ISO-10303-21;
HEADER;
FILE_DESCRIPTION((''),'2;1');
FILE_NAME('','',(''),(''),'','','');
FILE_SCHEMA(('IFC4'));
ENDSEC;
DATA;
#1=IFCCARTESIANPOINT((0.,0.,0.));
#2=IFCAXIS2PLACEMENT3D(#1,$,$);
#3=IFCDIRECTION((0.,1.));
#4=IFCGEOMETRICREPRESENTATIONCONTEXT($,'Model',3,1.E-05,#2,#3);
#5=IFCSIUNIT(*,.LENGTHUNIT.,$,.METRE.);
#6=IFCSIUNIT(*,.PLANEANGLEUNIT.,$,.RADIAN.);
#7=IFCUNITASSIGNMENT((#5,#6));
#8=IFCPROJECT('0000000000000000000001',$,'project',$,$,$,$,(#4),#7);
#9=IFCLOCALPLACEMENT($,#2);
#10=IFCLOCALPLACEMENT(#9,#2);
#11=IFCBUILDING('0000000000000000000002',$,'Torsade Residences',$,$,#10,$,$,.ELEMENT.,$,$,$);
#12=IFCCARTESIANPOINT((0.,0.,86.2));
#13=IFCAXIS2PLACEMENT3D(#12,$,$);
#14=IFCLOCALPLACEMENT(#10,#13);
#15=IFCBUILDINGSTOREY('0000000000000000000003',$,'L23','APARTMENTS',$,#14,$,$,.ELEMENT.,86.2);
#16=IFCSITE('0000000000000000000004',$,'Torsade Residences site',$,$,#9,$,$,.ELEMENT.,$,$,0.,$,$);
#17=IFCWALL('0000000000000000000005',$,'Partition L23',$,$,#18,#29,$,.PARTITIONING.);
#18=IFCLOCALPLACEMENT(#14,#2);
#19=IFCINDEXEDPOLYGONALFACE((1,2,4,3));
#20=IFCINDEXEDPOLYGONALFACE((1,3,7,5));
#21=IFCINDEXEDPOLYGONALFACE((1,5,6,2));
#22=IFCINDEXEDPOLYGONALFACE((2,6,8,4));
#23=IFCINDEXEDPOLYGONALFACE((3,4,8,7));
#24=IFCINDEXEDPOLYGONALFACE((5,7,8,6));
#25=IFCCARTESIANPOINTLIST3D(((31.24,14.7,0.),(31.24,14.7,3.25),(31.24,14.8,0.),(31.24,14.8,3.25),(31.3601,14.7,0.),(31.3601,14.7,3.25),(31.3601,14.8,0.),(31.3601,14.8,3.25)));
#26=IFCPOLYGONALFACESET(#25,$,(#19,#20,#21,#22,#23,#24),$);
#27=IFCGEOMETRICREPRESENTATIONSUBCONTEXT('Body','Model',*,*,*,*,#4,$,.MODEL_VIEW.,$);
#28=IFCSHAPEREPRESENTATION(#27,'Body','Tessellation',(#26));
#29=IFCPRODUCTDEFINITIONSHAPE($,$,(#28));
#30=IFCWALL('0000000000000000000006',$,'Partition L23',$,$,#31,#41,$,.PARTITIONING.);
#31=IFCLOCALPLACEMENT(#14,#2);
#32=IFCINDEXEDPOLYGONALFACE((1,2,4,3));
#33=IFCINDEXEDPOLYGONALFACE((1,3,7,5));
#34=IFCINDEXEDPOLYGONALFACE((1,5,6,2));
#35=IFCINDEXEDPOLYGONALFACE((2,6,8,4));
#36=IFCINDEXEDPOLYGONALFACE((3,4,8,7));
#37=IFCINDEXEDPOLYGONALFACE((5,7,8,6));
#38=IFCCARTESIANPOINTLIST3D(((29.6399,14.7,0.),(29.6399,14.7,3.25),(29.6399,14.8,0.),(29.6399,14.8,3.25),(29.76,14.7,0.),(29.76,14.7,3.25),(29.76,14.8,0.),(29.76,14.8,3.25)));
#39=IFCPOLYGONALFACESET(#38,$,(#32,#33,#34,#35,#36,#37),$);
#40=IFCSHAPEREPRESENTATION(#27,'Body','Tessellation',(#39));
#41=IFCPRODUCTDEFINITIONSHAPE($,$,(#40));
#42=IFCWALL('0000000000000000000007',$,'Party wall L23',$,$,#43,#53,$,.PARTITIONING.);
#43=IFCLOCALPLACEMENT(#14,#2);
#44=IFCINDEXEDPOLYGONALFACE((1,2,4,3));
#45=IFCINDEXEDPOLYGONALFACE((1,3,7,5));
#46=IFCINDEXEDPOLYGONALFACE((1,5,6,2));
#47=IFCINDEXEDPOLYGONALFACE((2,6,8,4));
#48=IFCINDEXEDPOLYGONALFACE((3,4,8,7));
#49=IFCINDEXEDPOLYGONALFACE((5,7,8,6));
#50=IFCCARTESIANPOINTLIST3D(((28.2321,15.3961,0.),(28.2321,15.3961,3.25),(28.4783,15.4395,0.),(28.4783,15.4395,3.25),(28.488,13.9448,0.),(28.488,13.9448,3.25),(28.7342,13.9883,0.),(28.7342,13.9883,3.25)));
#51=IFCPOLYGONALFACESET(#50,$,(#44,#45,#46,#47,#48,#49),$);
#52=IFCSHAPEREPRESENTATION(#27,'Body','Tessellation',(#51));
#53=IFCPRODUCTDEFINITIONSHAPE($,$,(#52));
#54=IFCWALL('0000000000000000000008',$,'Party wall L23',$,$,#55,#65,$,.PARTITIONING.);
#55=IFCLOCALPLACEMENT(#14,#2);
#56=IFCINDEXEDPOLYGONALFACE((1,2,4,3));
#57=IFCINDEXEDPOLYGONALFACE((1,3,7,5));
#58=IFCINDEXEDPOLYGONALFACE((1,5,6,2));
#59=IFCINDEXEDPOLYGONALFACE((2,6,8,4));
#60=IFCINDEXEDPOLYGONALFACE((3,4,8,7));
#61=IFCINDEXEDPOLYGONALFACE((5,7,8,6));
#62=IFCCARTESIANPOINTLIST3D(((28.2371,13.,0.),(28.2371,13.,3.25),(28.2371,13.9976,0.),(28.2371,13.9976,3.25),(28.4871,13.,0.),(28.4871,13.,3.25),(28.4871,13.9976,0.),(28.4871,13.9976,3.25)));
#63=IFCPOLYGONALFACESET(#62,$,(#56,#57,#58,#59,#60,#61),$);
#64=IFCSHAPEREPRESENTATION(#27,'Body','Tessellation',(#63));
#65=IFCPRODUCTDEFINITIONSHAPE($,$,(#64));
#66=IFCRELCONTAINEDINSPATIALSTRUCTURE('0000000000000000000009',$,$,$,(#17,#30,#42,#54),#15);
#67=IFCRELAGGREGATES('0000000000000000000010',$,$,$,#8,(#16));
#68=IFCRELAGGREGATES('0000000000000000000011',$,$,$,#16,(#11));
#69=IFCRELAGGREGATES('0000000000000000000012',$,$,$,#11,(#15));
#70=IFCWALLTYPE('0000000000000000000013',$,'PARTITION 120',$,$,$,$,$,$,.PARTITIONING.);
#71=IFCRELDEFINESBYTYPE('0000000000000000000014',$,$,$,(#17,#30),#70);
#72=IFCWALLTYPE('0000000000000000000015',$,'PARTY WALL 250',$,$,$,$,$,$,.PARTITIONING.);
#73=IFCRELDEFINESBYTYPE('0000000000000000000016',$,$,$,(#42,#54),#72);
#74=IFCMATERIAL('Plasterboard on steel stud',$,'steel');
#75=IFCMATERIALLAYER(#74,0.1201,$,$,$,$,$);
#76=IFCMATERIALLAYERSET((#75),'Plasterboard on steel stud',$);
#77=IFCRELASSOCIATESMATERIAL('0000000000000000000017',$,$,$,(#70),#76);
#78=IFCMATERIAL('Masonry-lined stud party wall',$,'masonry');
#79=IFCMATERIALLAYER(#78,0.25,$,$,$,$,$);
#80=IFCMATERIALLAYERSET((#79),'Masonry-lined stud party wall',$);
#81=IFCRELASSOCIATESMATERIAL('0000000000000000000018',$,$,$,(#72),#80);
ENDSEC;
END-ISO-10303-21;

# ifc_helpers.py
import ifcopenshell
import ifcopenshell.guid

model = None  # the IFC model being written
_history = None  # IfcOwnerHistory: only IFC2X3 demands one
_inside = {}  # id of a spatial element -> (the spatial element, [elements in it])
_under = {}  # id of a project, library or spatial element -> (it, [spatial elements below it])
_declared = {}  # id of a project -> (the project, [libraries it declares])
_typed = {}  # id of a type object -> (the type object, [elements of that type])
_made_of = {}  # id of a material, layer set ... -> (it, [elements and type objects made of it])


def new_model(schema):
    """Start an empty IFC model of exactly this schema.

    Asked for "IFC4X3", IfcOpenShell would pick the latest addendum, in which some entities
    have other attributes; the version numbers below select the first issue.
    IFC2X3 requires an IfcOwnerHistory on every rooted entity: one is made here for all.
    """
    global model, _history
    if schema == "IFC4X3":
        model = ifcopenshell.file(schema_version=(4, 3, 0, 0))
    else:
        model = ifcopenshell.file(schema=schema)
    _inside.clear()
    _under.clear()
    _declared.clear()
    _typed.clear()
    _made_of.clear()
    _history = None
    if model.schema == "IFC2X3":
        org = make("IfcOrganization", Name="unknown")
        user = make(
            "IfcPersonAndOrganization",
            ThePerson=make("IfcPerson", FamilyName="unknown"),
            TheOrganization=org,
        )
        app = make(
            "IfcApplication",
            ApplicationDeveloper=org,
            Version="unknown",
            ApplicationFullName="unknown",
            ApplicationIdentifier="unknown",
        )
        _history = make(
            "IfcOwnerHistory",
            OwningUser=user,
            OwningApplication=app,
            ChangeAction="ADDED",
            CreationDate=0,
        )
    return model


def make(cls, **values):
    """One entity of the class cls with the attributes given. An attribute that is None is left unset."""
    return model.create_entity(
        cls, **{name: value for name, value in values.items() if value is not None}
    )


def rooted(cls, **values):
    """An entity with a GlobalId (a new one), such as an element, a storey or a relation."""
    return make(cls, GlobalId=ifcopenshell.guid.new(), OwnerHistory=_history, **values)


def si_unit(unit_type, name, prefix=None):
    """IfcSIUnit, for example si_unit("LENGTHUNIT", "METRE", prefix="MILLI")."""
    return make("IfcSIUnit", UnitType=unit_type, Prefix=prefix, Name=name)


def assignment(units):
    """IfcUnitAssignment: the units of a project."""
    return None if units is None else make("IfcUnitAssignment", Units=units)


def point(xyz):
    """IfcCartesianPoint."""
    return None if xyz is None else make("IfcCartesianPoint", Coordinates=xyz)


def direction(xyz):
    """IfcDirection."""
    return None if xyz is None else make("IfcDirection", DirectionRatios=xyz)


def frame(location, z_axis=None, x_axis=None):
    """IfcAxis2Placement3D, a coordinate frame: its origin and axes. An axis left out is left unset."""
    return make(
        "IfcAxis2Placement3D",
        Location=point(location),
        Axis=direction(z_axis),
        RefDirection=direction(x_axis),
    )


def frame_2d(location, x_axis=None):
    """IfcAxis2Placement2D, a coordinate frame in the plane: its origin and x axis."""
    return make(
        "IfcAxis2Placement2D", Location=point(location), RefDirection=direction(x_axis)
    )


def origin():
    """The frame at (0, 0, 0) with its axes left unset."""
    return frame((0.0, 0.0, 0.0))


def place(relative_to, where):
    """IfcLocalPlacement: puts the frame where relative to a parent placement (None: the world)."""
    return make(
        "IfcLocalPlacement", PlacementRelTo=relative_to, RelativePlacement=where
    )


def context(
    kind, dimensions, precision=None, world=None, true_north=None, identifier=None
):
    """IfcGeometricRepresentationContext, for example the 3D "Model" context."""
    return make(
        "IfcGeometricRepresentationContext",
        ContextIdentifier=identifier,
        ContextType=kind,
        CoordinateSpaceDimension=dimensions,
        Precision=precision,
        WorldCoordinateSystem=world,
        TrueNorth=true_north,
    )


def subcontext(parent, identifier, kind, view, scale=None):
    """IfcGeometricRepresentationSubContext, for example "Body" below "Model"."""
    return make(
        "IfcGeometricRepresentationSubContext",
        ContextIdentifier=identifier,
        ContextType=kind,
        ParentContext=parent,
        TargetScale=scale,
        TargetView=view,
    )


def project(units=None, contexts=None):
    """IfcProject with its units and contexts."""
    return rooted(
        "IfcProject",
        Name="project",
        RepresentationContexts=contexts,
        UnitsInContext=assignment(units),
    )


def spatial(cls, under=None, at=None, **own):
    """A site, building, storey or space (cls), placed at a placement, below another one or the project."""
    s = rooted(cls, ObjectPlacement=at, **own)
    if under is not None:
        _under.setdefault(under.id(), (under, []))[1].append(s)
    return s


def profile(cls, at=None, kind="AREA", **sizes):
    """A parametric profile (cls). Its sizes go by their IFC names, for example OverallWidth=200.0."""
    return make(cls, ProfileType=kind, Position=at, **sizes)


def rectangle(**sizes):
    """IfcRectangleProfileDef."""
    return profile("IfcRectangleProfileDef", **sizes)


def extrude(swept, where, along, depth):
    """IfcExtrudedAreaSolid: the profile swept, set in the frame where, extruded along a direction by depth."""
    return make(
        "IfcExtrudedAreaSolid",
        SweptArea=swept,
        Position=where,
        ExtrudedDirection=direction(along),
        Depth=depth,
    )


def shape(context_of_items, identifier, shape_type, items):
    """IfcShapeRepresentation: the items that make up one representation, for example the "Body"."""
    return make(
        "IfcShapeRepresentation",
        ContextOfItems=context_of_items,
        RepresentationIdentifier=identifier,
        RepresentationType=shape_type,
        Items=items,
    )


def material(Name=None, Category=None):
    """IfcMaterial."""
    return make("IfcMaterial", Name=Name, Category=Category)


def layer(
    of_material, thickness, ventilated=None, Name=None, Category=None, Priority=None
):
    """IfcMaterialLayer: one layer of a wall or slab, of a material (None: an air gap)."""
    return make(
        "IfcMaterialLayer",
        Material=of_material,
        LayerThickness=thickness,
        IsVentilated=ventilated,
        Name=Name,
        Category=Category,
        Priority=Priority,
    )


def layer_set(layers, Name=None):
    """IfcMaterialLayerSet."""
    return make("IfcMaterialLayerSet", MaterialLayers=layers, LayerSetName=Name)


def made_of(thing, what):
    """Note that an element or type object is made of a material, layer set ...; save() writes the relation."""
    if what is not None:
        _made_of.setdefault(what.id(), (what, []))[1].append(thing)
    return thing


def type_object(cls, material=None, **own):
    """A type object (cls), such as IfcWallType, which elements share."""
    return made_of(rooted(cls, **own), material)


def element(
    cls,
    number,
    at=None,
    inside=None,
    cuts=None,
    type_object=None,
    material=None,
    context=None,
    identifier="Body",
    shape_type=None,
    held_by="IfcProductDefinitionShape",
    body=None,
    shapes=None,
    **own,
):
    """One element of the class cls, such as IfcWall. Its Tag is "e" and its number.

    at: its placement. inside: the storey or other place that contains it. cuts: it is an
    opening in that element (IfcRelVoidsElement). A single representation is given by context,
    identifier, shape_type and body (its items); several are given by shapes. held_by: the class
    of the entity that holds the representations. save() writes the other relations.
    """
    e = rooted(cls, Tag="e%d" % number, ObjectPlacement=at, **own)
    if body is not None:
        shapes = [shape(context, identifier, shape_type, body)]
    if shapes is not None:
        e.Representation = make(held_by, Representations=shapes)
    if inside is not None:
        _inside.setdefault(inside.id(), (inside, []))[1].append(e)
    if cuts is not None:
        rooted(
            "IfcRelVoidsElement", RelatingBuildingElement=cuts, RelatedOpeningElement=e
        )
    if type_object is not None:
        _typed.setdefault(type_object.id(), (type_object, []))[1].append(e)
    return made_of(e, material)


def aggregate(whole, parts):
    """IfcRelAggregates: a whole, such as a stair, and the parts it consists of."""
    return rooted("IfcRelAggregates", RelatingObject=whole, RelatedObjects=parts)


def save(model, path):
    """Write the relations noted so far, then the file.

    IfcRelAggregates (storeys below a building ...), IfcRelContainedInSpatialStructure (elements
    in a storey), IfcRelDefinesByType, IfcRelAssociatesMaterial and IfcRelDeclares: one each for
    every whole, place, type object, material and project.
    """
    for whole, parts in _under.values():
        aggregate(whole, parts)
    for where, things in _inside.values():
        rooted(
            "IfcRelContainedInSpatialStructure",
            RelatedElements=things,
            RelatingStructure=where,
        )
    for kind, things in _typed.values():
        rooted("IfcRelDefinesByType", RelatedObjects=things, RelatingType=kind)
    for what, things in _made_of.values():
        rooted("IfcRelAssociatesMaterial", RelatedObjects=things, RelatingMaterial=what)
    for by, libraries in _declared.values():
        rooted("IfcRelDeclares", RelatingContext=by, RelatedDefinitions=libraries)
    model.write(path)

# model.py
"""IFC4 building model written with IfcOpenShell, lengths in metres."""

from ifc_helpers import new_model, si_unit, direction, frame, frame_2d, origin, place, context, subcontext, project, spatial, rectangle, extrude, material, layer, layer_set, type_object, element, save


model = new_model("IFC4")

# Units and contexts
model_context = context("Model", 3, precision=1e-05, world=origin(), true_north=direction((0.0, 1.0)))
body_context = subcontext(model_context, "Body", "Model", "MODEL_VIEW")
ifc_project = project(units=[si_unit("LENGTHUNIT", "METRE"), si_unit("PLANEANGLEUNIT", "RADIAN")], contexts=[model_context])

# Site, building, storey
site_placement = place(None, origin())
site = spatial("IfcSite", under=ifc_project, at=site_placement, Name="Torsade Residences site", CompositionType="ELEMENT", RefElevation=0.0)
building_placement = place(site_placement, origin())
building = spatial("IfcBuilding", under=site, at=building_placement, Name="Torsade Residences", CompositionType="ELEMENT")
storey_placement = place(building_placement, frame((0.0, 0.0, 86.2)))
storey = spatial("IfcBuildingStorey", under=building, at=storey_placement, Name="L23", Description="APARTMENTS", CompositionType="ELEMENT", Elevation=86.2)

# Shared definitions
ifc_material_1 = material(Name="Plasterboard on steel stud", Category="steel")
ifc_layer_1 = layer(ifc_material_1, 0.1201)
ifc_layer_set_1 = layer_set([ifc_layer_1], Name="Plasterboard on steel stud")
wall_type_1 = type_object("IfcWallType", Name="PARTITION 120", PredefinedType="PARTITIONING", material=ifc_layer_set_1)

# Walls
for number, where, z_axis, x_axis, name in (
    (1, (31.3, 14.8, 0.0), (0.0, 0.0, 1.0), (0.0, -1.0, 0.0), "Partition L23"),
    (2, (29.7, 14.8, 0.0), (0.0, 0.0, 1.0), (0.0, -1.0, 0.0), "Partition L23"),
):
    element("IfcWall", number, at=place(storey_placement, frame(where, z_axis=z_axis, x_axis=x_axis)), inside=storey, type_object=wall_type_1, Name=name, PredefinedType="PARTITIONING", context=body_context, shape_type="SweptSolid", body=[
        extrude(rectangle(XDim=0.1001, YDim=0.1201, at=frame_2d((0.05, 0.0))), origin(), (0.0, 0.0, 1.0), 3.25),
    ])
ifc_material_2 = material(Name="Masonry-lined stud party wall", Category="masonry")
ifc_layer_2 = layer(ifc_material_2, 0.25)
ifc_layer_set_2 = layer_set([ifc_layer_2], Name="Masonry-lined stud party wall")
wall_type_2 = type_object("IfcWallType", Name="PARTY WALL 250", PredefinedType="PARTITIONING", material=ifc_layer_set_2)
wall_1_placement = place(storey_placement, frame((28.6111, 13.9666, 0.0), z_axis=(0.0, 0.0, 1.0), x_axis=(-0.173634, 0.98481, 0.0)))
element("IfcWall", 3, at=wall_1_placement, inside=storey, type_object=wall_type_2, Name="Party wall L23", PredefinedType="PARTITIONING", context=body_context, shape_type="SweptSolid", body=[
    extrude(rectangle(XDim=1.4736, YDim=0.25, at=frame_2d((0.7368, 0.0))), origin(), (0.0, 0.0, 1.0), 3.25),
])
wall_2_placement = place(storey_placement, frame((28.3621, 13.9976, 0.0), z_axis=(0.0, 0.0, 1.0), x_axis=(0.0, -1.0, 0.0)))
element("IfcWall", 4, at=wall_2_placement, inside=storey, type_object=wall_type_2, Name="Party wall L23", PredefinedType="PARTITIONING", context=body_context, shape_type="SweptSolid", body=[
    extrude(rectangle(XDim=0.9976, YDim=0.25, at=frame_2d((0.4988, 0.0))), origin(), (0.0, 0.0, 1.0), 3.25),
])

save(model, "model.ifc")
